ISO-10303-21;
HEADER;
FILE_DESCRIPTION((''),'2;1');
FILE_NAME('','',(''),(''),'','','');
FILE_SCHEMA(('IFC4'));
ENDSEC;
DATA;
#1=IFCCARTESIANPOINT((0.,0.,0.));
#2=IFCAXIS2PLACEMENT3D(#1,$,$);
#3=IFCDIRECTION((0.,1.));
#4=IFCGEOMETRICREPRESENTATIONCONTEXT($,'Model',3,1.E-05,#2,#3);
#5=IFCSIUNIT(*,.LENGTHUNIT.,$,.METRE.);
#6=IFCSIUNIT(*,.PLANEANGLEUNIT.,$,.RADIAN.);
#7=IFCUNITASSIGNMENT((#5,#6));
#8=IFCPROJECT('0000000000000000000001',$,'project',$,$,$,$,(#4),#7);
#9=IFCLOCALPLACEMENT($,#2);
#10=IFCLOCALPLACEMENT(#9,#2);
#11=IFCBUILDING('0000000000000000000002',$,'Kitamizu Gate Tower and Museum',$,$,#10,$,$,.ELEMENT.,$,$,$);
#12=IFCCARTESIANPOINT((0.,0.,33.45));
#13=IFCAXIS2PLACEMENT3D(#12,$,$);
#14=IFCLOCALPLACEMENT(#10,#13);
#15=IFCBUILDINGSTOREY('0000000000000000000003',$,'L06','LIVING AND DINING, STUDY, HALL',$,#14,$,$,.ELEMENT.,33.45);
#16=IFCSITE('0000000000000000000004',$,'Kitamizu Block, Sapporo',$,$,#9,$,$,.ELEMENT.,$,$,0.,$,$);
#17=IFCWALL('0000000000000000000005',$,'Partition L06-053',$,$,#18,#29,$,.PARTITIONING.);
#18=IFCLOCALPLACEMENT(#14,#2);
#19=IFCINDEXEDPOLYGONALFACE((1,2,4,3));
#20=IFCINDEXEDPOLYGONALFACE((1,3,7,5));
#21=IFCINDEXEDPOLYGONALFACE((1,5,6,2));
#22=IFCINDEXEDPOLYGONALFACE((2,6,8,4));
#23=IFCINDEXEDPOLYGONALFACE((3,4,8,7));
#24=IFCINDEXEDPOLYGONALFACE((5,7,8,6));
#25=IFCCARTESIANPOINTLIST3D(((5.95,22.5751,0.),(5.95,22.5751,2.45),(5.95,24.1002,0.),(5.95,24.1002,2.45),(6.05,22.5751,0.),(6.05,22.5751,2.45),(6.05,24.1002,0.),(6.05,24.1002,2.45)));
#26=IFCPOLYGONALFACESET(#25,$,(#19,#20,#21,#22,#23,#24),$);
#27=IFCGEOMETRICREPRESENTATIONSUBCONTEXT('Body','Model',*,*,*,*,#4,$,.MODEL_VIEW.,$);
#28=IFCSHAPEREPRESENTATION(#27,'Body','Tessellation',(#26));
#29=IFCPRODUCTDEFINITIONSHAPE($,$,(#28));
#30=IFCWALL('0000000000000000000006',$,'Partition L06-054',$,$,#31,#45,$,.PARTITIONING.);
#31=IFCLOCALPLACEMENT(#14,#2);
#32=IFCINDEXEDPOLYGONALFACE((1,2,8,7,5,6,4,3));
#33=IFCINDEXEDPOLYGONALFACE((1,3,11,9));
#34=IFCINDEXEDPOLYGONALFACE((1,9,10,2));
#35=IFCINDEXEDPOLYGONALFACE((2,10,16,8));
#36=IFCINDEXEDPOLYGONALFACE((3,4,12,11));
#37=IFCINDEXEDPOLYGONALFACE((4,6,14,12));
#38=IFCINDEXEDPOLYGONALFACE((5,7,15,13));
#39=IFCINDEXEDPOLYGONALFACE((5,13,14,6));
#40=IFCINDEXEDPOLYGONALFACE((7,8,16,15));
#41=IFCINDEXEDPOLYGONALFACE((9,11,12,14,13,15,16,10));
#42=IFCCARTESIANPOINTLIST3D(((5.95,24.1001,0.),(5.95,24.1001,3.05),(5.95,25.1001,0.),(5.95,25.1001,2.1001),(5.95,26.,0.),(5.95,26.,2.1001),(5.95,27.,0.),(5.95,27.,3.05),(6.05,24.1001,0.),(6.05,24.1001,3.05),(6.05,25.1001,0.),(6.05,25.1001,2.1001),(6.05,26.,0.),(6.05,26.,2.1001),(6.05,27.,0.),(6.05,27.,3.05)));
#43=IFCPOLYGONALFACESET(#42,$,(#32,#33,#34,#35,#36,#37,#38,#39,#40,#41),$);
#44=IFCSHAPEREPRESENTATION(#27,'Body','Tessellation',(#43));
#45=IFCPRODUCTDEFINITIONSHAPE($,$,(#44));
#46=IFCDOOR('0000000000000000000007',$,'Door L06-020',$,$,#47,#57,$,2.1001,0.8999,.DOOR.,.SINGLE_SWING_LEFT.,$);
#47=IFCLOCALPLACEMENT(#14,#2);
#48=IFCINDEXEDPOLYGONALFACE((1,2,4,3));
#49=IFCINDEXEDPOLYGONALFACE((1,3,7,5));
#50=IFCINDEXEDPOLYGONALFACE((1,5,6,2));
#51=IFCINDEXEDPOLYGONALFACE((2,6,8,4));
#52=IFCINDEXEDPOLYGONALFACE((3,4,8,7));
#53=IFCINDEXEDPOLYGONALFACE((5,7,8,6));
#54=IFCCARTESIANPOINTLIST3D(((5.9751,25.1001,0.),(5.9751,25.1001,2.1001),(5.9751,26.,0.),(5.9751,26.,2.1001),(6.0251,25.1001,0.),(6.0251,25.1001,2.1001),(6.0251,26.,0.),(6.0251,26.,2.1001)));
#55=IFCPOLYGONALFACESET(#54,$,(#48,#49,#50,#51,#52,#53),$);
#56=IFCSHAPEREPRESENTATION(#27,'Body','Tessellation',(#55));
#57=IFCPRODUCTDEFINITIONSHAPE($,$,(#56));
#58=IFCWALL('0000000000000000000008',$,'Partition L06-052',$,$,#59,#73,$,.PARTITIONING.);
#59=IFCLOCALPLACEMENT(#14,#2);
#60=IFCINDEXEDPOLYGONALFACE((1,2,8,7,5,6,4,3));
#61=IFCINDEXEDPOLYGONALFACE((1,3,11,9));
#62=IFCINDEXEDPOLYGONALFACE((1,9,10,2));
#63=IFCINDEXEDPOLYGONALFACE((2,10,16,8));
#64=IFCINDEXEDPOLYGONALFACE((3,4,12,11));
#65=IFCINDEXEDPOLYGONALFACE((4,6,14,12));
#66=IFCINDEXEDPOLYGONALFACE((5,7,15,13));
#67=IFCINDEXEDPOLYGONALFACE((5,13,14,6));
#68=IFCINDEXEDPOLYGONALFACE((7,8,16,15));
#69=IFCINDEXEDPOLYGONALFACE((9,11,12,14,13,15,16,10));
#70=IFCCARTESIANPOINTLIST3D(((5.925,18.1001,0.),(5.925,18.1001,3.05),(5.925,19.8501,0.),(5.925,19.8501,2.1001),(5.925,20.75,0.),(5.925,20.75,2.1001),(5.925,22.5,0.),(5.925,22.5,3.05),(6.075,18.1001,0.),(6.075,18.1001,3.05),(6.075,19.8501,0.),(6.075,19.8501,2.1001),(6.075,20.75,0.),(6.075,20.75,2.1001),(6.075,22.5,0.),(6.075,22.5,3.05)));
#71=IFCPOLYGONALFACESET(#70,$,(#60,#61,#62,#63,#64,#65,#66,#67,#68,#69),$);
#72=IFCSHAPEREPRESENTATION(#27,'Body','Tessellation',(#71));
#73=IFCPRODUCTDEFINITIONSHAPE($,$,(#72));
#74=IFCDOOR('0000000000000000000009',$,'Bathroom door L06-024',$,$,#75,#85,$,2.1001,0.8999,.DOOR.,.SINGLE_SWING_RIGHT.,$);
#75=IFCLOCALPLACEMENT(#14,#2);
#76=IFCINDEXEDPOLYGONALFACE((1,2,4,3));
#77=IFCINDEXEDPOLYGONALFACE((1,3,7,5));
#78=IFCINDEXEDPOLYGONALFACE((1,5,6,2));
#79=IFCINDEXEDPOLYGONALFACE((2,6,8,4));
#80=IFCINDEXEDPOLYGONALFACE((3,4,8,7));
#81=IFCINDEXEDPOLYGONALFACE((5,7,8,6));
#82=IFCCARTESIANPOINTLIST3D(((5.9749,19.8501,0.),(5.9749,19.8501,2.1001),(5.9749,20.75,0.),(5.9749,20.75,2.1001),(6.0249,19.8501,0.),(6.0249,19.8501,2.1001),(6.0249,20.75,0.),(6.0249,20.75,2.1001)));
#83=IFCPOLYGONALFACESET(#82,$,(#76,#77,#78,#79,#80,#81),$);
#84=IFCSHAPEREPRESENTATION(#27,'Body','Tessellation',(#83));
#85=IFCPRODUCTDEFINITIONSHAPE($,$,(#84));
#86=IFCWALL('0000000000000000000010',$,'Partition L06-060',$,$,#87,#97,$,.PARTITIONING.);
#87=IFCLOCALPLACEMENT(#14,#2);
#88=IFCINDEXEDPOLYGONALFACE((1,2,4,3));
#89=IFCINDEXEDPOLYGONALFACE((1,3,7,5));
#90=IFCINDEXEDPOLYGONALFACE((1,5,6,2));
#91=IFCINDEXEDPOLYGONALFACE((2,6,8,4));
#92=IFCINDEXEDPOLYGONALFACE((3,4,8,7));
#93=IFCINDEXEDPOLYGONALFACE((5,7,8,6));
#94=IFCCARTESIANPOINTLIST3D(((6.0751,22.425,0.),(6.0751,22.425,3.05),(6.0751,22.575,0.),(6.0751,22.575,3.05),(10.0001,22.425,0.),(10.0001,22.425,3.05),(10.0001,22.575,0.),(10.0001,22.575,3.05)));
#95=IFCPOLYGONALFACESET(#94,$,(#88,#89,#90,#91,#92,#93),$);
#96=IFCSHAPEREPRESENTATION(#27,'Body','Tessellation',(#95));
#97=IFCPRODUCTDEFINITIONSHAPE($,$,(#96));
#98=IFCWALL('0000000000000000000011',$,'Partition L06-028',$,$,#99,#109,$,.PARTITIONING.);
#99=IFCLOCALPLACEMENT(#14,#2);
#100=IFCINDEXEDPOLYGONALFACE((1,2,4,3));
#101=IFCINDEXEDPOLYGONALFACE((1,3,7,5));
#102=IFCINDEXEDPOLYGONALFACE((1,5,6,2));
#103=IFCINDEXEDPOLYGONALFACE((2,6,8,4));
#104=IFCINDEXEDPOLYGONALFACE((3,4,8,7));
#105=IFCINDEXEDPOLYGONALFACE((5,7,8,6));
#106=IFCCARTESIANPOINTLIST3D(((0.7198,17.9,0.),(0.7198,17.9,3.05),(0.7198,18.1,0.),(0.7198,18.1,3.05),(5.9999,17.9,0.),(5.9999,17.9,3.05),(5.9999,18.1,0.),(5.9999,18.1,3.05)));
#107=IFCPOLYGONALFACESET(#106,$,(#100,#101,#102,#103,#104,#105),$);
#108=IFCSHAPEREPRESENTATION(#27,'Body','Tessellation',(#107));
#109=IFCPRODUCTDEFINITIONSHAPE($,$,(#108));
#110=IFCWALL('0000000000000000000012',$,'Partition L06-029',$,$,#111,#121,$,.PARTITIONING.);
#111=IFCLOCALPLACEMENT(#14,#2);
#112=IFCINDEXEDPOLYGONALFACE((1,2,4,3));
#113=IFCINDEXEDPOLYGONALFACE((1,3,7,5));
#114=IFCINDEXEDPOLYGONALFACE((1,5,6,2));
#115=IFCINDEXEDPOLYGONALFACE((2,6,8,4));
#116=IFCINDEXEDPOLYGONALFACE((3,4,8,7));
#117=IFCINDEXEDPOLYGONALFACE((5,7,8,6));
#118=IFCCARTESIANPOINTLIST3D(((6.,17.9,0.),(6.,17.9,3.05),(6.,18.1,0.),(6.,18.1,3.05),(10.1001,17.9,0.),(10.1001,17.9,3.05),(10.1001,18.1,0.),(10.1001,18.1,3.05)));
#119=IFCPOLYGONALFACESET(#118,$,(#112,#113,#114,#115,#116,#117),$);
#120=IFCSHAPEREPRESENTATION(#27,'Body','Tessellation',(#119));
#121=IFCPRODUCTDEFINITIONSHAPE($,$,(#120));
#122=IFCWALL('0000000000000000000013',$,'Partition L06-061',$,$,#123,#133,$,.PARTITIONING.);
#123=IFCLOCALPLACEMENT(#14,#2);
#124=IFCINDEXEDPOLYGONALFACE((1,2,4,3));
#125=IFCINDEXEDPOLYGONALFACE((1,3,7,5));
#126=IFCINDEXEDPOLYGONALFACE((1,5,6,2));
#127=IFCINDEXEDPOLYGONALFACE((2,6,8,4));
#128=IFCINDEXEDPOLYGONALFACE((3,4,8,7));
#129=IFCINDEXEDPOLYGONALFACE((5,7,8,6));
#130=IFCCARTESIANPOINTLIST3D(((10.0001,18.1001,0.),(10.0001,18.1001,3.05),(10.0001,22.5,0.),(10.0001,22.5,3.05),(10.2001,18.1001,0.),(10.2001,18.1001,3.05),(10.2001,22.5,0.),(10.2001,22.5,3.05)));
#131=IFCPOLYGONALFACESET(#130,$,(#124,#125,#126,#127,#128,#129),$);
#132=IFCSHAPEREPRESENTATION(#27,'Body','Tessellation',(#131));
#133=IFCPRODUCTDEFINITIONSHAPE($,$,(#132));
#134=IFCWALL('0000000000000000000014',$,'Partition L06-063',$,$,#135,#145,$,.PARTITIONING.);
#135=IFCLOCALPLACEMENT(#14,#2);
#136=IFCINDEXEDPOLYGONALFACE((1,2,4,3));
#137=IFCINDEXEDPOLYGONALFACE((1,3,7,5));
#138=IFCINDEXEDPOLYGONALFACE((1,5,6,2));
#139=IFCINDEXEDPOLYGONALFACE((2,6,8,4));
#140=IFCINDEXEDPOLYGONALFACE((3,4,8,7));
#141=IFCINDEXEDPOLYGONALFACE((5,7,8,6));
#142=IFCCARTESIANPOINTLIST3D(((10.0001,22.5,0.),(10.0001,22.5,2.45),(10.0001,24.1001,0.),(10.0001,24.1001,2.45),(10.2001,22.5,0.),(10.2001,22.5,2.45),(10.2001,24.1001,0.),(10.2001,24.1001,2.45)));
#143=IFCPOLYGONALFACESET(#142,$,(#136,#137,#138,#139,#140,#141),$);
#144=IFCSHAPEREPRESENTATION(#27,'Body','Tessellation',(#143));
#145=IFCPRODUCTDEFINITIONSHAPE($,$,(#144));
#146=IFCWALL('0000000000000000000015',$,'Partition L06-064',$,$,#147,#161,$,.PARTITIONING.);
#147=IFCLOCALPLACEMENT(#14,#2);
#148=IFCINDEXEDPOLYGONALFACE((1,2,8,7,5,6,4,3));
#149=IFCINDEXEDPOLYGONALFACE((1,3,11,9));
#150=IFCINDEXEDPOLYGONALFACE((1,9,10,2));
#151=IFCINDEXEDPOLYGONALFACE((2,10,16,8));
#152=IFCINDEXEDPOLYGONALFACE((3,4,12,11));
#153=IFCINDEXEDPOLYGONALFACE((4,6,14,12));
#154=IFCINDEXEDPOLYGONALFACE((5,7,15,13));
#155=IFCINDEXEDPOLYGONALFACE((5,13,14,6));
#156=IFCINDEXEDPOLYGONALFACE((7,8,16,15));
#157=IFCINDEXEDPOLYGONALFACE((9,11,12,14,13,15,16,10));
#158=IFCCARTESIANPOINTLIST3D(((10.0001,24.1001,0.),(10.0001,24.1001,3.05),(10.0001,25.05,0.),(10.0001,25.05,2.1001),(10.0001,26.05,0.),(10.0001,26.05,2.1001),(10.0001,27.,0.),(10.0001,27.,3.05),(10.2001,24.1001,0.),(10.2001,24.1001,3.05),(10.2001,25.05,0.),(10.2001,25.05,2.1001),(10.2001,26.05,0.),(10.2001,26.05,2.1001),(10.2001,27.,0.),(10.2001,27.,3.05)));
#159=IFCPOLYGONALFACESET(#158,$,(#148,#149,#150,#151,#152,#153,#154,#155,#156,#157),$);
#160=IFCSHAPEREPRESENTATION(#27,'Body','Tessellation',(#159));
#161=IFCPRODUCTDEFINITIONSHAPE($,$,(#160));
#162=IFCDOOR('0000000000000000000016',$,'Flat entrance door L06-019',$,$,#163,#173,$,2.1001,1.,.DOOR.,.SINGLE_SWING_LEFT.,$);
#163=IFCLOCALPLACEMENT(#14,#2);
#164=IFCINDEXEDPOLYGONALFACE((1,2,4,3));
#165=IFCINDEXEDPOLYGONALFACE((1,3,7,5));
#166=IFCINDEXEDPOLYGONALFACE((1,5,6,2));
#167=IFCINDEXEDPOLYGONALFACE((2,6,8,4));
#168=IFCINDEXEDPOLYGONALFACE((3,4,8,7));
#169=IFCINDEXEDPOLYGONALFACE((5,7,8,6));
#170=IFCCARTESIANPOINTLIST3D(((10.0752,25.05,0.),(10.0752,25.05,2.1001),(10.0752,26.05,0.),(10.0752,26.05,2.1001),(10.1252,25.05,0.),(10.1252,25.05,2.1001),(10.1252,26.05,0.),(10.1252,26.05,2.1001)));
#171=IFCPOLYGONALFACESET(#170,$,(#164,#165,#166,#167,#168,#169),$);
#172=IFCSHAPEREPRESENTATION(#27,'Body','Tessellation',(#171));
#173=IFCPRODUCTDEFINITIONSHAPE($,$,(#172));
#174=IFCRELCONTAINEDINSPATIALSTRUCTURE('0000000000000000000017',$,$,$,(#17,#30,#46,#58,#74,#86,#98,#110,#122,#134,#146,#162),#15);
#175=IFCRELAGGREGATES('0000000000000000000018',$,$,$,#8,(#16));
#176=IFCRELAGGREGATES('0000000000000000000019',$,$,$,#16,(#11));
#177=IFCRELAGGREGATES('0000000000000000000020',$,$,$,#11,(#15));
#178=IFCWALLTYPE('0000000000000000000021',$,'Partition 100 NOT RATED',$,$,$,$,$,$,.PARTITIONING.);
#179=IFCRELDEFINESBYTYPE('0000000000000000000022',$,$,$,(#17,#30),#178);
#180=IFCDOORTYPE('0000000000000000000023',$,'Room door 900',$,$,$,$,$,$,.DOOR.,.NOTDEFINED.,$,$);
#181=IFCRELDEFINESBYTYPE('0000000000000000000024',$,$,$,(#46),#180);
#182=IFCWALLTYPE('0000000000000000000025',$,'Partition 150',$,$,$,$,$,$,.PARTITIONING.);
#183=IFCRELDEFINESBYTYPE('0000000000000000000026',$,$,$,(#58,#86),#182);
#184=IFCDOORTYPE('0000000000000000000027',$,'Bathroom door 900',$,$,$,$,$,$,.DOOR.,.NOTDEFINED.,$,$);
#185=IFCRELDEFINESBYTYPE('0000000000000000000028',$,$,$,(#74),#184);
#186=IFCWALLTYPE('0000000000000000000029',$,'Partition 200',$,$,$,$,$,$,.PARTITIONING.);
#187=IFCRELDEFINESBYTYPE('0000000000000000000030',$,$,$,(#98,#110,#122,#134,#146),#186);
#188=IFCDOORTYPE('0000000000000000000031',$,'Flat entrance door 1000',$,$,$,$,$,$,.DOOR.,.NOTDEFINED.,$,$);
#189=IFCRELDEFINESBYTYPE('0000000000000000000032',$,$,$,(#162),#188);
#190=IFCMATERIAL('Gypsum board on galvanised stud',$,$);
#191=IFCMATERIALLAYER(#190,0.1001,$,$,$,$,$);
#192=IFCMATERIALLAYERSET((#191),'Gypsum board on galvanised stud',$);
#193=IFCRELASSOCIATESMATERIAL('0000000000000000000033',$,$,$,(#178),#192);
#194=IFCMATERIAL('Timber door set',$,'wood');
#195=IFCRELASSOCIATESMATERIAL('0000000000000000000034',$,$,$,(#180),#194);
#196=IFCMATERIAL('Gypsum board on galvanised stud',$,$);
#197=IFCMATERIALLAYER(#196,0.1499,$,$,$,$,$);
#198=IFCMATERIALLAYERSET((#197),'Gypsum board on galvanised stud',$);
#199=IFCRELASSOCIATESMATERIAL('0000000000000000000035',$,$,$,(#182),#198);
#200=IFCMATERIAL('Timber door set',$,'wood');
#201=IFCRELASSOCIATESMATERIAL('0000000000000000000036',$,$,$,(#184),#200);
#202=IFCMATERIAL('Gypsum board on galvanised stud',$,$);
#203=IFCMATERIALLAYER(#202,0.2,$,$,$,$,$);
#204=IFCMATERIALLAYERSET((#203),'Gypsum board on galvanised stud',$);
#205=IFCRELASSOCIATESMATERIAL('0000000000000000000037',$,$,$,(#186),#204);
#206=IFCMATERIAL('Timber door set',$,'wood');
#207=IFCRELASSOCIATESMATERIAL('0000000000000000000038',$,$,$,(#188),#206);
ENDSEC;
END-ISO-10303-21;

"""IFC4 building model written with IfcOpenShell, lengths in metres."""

from ifc_helpers import new_model, si_unit, direction, frame, frame_2d, origin, place, context, subcontext, project, spatial, rectangle, extrude, material, layer, layer_set, type_object, element, fill, save


model = new_model("IFC4")

# Units and contexts
model_context = context("Model", 3, precision=1e-05, world=origin(), true_north=direction((0.0, 1.0)))
body_context = subcontext(model_context, "Body", "Model", "MODEL_VIEW")
ifc_project = project(units=[si_unit("LENGTHUNIT", "METRE"), si_unit("PLANEANGLEUNIT", "RADIAN")], contexts=[model_context])

# Site, building, storey
site_placement = place(None, origin())
site = spatial("IfcSite", under=ifc_project, at=site_placement, Name="Kitamizu Block, Sapporo", CompositionType="ELEMENT", RefElevation=0.0)
building_placement = place(site_placement, origin())
building = spatial("IfcBuilding", under=site, at=building_placement, Name="Kitamizu Gate Tower and Museum", CompositionType="ELEMENT")
storey_placement = place(building_placement, frame((0.0, 0.0, 33.45)))
storey = spatial("IfcBuildingStorey", under=building, at=storey_placement, Name="L06", Description="LIVING AND DINING, STUDY, HALL", CompositionType="ELEMENT", Elevation=33.45)

# Wall
ifc_material_1 = material(Name="Gypsum board on galvanised stud")
ifc_layer_1 = layer(ifc_material_1, 0.1001)
ifc_layer_set_1 = layer_set([ifc_layer_1], Name="Gypsum board on galvanised stud")
wall_type_1 = type_object("IfcWallType", Name="Partition 100 NOT RATED", PredefinedType="PARTITIONING", material=ifc_layer_set_1)
wall_1_placement = place(storey_placement, frame((6.0, 22.575, 0.0), z_axis=(0.0, 0.0, 1.0), x_axis=(0.0, 1.0, 0.0)))
element("IfcWall", 1, at=wall_1_placement, inside=storey, type_object=wall_type_1, Name="Partition L06-053", PredefinedType="PARTITIONING", context=body_context, shape_type="SweptSolid", body=[
    extrude(rectangle(XDim=1.5251, YDim=0.1001, at=frame_2d((0.7627, 0.0))), origin(), (0.0, 0.0, 1.0), 2.45),
])

# Walls, openings, doors
wall_2_placement = place(storey_placement, frame((6.0, 24.1001, 0.0), z_axis=(0.0, 0.0, 1.0), x_axis=(0.0, 1.0, 0.0)))
wall_2 = element("IfcWall", 2, at=wall_2_placement, inside=storey, type_object=wall_type_1, Name="Partition L06-054", PredefinedType="PARTITIONING", context=body_context, shape_type="SweptSolid", body=[
    extrude(rectangle(XDim=2.8999, YDim=0.1001, at=frame_2d((1.45, 0.0))), origin(), (0.0, 0.0, 1.0), 3.05),
])
opening_1_placement = place(wall_2_placement, frame((1.0, 0.0, 0.0)))
opening_1 = element("IfcOpeningElement", 3, at=opening_1_placement, cuts=wall_2, PredefinedType="OPENING", context=body_context, shape_type="SweptSolid", body=[
    extrude(rectangle(XDim=0.8999, YDim=2.1001, at=frame_2d((0.45, 1.05))), frame((0.0, 0.0601, 0.0), z_axis=(0.0, -1.0, 0.0), x_axis=(1.0, 0.0, 0.0)), (0.0, 0.0, 1.0), 0.1201),
])
ifc_material_2 = material(Name="Timber door set", Category="wood")
door_type_1 = type_object("IfcDoorType", Name="Room door 900", OperationType="NOTDEFINED", PredefinedType="DOOR", material=ifc_material_2)
door_1_placement = place(opening_1_placement, origin())
door_1 = element("IfcDoor", 4, at=door_1_placement, inside=storey, type_object=door_type_1, Name="Door L06-020", OperationType="SINGLE_SWING_LEFT", OverallHeight=2.1001, OverallWidth=0.8999, PredefinedType="DOOR", context=body_context, shape_type="SweptSolid", body=[
    extrude(rectangle(XDim=0.8999, YDim=2.1001, at=frame_2d((0.45, 1.05))), frame((0.0, 0.0249, 0.0), z_axis=(0.0, -1.0, 0.0), x_axis=(1.0, 0.0, 0.0)), (0.0, 0.0, 1.0), 0.05),
])
fill(opening_1, door_1)
ifc_material_3 = material(Name="Gypsum board on galvanised stud")
ifc_layer_2 = layer(ifc_material_3, 0.1499)
ifc_layer_set_2 = layer_set([ifc_layer_2], Name="Gypsum board on galvanised stud")
wall_type_2 = type_object("IfcWallType", Name="Partition 150", PredefinedType="PARTITIONING", material=ifc_layer_set_2)
wall_3_placement = place(storey_placement, frame((6.0, 18.1001, 0.0), z_axis=(0.0, 0.0, 1.0), x_axis=(0.0, 1.0, 0.0)))
wall_3 = element("IfcWall", 5, at=wall_3_placement, inside=storey, type_object=wall_type_2, Name="Partition L06-052", PredefinedType="PARTITIONING", context=body_context, shape_type="SweptSolid", body=[
    extrude(rectangle(XDim=4.3999, YDim=0.1499, at=frame_2d((2.2, 0.0))), origin(), (0.0, 0.0, 1.0), 3.05),
])
opening_2_placement = place(wall_3_placement, frame((1.75, 0.0, 0.0)))
opening_2 = element("IfcOpeningElement", 6, at=opening_2_placement, cuts=wall_3, PredefinedType="OPENING", context=body_context, shape_type="SweptSolid", body=[
    extrude(rectangle(XDim=0.8999, YDim=2.1001, at=frame_2d((0.45, 1.05))), frame((0.0, 0.085, 0.0), z_axis=(0.0, -1.0, 0.0), x_axis=(1.0, 0.0, 0.0)), (0.0, 0.0, 1.0), 0.1699),
])
ifc_material_4 = material(Name="Timber door set", Category="wood")
door_type_2 = type_object("IfcDoorType", Name="Bathroom door 900", OperationType="NOTDEFINED", PredefinedType="DOOR", material=ifc_material_4)
door_2_placement = place(opening_2_placement, frame((0.8999, 0.0, 0.0), x_axis=(-1.0, 0.0, 0.0)))
door_2 = element("IfcDoor", 7, at=door_2_placement, inside=storey, type_object=door_type_2, Name="Bathroom door L06-024", OperationType="SINGLE_SWING_RIGHT", OverallHeight=2.1001, OverallWidth=0.8999, PredefinedType="DOOR", context=body_context, shape_type="SweptSolid", body=[
    extrude(rectangle(XDim=0.8999, YDim=2.1001, at=frame_2d((0.45, 1.05))), frame((0.0, 0.0249, 0.0), z_axis=(0.0, -1.0, 0.0), x_axis=(1.0, 0.0, 0.0)), (0.0, 0.0, 1.0), 0.05),
])
fill(opening_2, door_2)

# Walls
wall_4_placement = place(storey_placement, frame((10.0, 22.5, 0.0), z_axis=(0.0, 0.0, 1.0), x_axis=(-1.0, 0.0, 0.0)))
element("IfcWall", 8, at=wall_4_placement, inside=storey, type_object=wall_type_2, Name="Partition L06-060", PredefinedType="PARTITIONING", context=body_context, shape_type="SweptSolid", body=[
    extrude(rectangle(XDim=3.925, YDim=0.1499, at=frame_2d((1.9624, 0.0))), origin(), (0.0, 0.0, 1.0), 3.05),
])
ifc_material_5 = material(Name="Gypsum board on galvanised stud")
ifc_layer_3 = layer(ifc_material_5, 0.2)
ifc_layer_set_3 = layer_set([ifc_layer_3], Name="Gypsum board on galvanised stud")
wall_type_3 = type_object("IfcWallType", Name="Partition 200", PredefinedType="PARTITIONING", material=ifc_layer_set_3)
wall_5_placement = place(storey_placement, frame((6.0, 18.0, 0.0), z_axis=(0.0, 0.0, 1.0), x_axis=(-1.0, 0.0, 0.0)))
element("IfcWall", 9, at=wall_5_placement, inside=storey, type_object=wall_type_3, Name="Partition L06-028", PredefinedType="PARTITIONING", context=body_context, shape_type="SweptSolid", body=[
    extrude(rectangle(XDim=5.28, YDim=0.2, at=frame_2d((2.6401, 0.0))), origin(), (0.0, 0.0, 1.0), 3.05),
])
wall_6_placement = place(storey_placement, frame((10.1001, 18.0, 0.0), z_axis=(0.0, 0.0, 1.0), x_axis=(-1.0, 0.0, 0.0)))
element("IfcWall", 10, at=wall_6_placement, inside=storey, type_object=wall_type_3, Name="Partition L06-029", PredefinedType="PARTITIONING", context=body_context, shape_type="SweptSolid", body=[
    extrude(rectangle(XDim=4.1001, YDim=0.2, at=frame_2d((2.05, 0.0))), origin(), (0.0, 0.0, 1.0), 3.05),
])
wall_7_placement = place(storey_placement, frame((10.1001, 18.1001, 0.0), z_axis=(0.0, 0.0, 1.0), x_axis=(0.0, 1.0, 0.0)))
element("IfcWall", 11, at=wall_7_placement, inside=storey, type_object=wall_type_3, Name="Partition L06-061", PredefinedType="PARTITIONING", context=body_context, shape_type="SweptSolid", body=[
    extrude(rectangle(XDim=4.3999, YDim=0.2, at=frame_2d((2.2, 0.0))), origin(), (0.0, 0.0, 1.0), 3.05),
])
wall_8_placement = place(storey_placement, frame((10.1001, 22.5, 0.0), z_axis=(0.0, 0.0, 1.0), x_axis=(0.0, 1.0, 0.0)))
element("IfcWall", 12, at=wall_8_placement, inside=storey, type_object=wall_type_3, Name="Partition L06-063", PredefinedType="PARTITIONING", context=body_context, shape_type="SweptSolid", body=[
    extrude(rectangle(XDim=1.6001, YDim=0.2, at=frame_2d((0.8, 0.0))), origin(), (0.0, 0.0, 1.0), 2.45),
])

# Wall, opening, door
wall_9_placement = place(storey_placement, frame((10.1001, 24.1001, 0.0), z_axis=(0.0, 0.0, 1.0), x_axis=(0.0, 1.0, 0.0)))
wall_9 = element("IfcWall", 13, at=wall_9_placement, inside=storey, type_object=wall_type_3, Name="Partition L06-064", PredefinedType="PARTITIONING", context=body_context, shape_type="SweptSolid", body=[
    extrude(rectangle(XDim=2.8999, YDim=0.2, at=frame_2d((1.45, 0.0))), origin(), (0.0, 0.0, 1.0), 3.05),
])
opening_3_placement = place(wall_9_placement, frame((0.95, 0.0, 0.0)))
opening_3 = element("IfcOpeningElement", 14, at=opening_3_placement, cuts=wall_9, PredefinedType="OPENING", context=body_context, shape_type="SweptSolid", body=[
    extrude(rectangle(XDim=1.0, YDim=2.1001, at=frame_2d((0.5, 1.05))), frame((0.0, 0.1099, 0.0), z_axis=(0.0, -1.0, 0.0), x_axis=(1.0, 0.0, 0.0)), (0.0, 0.0, 1.0), 0.22),
])
ifc_material_6 = material(Name="Timber door set", Category="wood")
door_type_3 = type_object("IfcDoorType", Name="Flat entrance door 1000", OperationType="NOTDEFINED", PredefinedType="DOOR", material=ifc_material_6)
door_3_placement = place(opening_3_placement, origin())
door_3 = element("IfcDoor", 15, at=door_3_placement, inside=storey, type_object=door_type_3, Name="Flat entrance door L06-019", OperationType="SINGLE_SWING_LEFT", OverallHeight=2.1001, OverallWidth=1.0, PredefinedType="DOOR", context=body_context, shape_type="SweptSolid", body=[
    extrude(rectangle(XDim=1.0, YDim=2.1001, at=frame_2d((0.5, 1.05))), frame((0.0, 0.0249, 0.0), z_axis=(0.0, -1.0, 0.0), x_axis=(1.0, 0.0, 0.0)), (0.0, 0.0, 1.0), 0.05),
])
fill(opening_3, door_3)

save(model, "model.ifc")
